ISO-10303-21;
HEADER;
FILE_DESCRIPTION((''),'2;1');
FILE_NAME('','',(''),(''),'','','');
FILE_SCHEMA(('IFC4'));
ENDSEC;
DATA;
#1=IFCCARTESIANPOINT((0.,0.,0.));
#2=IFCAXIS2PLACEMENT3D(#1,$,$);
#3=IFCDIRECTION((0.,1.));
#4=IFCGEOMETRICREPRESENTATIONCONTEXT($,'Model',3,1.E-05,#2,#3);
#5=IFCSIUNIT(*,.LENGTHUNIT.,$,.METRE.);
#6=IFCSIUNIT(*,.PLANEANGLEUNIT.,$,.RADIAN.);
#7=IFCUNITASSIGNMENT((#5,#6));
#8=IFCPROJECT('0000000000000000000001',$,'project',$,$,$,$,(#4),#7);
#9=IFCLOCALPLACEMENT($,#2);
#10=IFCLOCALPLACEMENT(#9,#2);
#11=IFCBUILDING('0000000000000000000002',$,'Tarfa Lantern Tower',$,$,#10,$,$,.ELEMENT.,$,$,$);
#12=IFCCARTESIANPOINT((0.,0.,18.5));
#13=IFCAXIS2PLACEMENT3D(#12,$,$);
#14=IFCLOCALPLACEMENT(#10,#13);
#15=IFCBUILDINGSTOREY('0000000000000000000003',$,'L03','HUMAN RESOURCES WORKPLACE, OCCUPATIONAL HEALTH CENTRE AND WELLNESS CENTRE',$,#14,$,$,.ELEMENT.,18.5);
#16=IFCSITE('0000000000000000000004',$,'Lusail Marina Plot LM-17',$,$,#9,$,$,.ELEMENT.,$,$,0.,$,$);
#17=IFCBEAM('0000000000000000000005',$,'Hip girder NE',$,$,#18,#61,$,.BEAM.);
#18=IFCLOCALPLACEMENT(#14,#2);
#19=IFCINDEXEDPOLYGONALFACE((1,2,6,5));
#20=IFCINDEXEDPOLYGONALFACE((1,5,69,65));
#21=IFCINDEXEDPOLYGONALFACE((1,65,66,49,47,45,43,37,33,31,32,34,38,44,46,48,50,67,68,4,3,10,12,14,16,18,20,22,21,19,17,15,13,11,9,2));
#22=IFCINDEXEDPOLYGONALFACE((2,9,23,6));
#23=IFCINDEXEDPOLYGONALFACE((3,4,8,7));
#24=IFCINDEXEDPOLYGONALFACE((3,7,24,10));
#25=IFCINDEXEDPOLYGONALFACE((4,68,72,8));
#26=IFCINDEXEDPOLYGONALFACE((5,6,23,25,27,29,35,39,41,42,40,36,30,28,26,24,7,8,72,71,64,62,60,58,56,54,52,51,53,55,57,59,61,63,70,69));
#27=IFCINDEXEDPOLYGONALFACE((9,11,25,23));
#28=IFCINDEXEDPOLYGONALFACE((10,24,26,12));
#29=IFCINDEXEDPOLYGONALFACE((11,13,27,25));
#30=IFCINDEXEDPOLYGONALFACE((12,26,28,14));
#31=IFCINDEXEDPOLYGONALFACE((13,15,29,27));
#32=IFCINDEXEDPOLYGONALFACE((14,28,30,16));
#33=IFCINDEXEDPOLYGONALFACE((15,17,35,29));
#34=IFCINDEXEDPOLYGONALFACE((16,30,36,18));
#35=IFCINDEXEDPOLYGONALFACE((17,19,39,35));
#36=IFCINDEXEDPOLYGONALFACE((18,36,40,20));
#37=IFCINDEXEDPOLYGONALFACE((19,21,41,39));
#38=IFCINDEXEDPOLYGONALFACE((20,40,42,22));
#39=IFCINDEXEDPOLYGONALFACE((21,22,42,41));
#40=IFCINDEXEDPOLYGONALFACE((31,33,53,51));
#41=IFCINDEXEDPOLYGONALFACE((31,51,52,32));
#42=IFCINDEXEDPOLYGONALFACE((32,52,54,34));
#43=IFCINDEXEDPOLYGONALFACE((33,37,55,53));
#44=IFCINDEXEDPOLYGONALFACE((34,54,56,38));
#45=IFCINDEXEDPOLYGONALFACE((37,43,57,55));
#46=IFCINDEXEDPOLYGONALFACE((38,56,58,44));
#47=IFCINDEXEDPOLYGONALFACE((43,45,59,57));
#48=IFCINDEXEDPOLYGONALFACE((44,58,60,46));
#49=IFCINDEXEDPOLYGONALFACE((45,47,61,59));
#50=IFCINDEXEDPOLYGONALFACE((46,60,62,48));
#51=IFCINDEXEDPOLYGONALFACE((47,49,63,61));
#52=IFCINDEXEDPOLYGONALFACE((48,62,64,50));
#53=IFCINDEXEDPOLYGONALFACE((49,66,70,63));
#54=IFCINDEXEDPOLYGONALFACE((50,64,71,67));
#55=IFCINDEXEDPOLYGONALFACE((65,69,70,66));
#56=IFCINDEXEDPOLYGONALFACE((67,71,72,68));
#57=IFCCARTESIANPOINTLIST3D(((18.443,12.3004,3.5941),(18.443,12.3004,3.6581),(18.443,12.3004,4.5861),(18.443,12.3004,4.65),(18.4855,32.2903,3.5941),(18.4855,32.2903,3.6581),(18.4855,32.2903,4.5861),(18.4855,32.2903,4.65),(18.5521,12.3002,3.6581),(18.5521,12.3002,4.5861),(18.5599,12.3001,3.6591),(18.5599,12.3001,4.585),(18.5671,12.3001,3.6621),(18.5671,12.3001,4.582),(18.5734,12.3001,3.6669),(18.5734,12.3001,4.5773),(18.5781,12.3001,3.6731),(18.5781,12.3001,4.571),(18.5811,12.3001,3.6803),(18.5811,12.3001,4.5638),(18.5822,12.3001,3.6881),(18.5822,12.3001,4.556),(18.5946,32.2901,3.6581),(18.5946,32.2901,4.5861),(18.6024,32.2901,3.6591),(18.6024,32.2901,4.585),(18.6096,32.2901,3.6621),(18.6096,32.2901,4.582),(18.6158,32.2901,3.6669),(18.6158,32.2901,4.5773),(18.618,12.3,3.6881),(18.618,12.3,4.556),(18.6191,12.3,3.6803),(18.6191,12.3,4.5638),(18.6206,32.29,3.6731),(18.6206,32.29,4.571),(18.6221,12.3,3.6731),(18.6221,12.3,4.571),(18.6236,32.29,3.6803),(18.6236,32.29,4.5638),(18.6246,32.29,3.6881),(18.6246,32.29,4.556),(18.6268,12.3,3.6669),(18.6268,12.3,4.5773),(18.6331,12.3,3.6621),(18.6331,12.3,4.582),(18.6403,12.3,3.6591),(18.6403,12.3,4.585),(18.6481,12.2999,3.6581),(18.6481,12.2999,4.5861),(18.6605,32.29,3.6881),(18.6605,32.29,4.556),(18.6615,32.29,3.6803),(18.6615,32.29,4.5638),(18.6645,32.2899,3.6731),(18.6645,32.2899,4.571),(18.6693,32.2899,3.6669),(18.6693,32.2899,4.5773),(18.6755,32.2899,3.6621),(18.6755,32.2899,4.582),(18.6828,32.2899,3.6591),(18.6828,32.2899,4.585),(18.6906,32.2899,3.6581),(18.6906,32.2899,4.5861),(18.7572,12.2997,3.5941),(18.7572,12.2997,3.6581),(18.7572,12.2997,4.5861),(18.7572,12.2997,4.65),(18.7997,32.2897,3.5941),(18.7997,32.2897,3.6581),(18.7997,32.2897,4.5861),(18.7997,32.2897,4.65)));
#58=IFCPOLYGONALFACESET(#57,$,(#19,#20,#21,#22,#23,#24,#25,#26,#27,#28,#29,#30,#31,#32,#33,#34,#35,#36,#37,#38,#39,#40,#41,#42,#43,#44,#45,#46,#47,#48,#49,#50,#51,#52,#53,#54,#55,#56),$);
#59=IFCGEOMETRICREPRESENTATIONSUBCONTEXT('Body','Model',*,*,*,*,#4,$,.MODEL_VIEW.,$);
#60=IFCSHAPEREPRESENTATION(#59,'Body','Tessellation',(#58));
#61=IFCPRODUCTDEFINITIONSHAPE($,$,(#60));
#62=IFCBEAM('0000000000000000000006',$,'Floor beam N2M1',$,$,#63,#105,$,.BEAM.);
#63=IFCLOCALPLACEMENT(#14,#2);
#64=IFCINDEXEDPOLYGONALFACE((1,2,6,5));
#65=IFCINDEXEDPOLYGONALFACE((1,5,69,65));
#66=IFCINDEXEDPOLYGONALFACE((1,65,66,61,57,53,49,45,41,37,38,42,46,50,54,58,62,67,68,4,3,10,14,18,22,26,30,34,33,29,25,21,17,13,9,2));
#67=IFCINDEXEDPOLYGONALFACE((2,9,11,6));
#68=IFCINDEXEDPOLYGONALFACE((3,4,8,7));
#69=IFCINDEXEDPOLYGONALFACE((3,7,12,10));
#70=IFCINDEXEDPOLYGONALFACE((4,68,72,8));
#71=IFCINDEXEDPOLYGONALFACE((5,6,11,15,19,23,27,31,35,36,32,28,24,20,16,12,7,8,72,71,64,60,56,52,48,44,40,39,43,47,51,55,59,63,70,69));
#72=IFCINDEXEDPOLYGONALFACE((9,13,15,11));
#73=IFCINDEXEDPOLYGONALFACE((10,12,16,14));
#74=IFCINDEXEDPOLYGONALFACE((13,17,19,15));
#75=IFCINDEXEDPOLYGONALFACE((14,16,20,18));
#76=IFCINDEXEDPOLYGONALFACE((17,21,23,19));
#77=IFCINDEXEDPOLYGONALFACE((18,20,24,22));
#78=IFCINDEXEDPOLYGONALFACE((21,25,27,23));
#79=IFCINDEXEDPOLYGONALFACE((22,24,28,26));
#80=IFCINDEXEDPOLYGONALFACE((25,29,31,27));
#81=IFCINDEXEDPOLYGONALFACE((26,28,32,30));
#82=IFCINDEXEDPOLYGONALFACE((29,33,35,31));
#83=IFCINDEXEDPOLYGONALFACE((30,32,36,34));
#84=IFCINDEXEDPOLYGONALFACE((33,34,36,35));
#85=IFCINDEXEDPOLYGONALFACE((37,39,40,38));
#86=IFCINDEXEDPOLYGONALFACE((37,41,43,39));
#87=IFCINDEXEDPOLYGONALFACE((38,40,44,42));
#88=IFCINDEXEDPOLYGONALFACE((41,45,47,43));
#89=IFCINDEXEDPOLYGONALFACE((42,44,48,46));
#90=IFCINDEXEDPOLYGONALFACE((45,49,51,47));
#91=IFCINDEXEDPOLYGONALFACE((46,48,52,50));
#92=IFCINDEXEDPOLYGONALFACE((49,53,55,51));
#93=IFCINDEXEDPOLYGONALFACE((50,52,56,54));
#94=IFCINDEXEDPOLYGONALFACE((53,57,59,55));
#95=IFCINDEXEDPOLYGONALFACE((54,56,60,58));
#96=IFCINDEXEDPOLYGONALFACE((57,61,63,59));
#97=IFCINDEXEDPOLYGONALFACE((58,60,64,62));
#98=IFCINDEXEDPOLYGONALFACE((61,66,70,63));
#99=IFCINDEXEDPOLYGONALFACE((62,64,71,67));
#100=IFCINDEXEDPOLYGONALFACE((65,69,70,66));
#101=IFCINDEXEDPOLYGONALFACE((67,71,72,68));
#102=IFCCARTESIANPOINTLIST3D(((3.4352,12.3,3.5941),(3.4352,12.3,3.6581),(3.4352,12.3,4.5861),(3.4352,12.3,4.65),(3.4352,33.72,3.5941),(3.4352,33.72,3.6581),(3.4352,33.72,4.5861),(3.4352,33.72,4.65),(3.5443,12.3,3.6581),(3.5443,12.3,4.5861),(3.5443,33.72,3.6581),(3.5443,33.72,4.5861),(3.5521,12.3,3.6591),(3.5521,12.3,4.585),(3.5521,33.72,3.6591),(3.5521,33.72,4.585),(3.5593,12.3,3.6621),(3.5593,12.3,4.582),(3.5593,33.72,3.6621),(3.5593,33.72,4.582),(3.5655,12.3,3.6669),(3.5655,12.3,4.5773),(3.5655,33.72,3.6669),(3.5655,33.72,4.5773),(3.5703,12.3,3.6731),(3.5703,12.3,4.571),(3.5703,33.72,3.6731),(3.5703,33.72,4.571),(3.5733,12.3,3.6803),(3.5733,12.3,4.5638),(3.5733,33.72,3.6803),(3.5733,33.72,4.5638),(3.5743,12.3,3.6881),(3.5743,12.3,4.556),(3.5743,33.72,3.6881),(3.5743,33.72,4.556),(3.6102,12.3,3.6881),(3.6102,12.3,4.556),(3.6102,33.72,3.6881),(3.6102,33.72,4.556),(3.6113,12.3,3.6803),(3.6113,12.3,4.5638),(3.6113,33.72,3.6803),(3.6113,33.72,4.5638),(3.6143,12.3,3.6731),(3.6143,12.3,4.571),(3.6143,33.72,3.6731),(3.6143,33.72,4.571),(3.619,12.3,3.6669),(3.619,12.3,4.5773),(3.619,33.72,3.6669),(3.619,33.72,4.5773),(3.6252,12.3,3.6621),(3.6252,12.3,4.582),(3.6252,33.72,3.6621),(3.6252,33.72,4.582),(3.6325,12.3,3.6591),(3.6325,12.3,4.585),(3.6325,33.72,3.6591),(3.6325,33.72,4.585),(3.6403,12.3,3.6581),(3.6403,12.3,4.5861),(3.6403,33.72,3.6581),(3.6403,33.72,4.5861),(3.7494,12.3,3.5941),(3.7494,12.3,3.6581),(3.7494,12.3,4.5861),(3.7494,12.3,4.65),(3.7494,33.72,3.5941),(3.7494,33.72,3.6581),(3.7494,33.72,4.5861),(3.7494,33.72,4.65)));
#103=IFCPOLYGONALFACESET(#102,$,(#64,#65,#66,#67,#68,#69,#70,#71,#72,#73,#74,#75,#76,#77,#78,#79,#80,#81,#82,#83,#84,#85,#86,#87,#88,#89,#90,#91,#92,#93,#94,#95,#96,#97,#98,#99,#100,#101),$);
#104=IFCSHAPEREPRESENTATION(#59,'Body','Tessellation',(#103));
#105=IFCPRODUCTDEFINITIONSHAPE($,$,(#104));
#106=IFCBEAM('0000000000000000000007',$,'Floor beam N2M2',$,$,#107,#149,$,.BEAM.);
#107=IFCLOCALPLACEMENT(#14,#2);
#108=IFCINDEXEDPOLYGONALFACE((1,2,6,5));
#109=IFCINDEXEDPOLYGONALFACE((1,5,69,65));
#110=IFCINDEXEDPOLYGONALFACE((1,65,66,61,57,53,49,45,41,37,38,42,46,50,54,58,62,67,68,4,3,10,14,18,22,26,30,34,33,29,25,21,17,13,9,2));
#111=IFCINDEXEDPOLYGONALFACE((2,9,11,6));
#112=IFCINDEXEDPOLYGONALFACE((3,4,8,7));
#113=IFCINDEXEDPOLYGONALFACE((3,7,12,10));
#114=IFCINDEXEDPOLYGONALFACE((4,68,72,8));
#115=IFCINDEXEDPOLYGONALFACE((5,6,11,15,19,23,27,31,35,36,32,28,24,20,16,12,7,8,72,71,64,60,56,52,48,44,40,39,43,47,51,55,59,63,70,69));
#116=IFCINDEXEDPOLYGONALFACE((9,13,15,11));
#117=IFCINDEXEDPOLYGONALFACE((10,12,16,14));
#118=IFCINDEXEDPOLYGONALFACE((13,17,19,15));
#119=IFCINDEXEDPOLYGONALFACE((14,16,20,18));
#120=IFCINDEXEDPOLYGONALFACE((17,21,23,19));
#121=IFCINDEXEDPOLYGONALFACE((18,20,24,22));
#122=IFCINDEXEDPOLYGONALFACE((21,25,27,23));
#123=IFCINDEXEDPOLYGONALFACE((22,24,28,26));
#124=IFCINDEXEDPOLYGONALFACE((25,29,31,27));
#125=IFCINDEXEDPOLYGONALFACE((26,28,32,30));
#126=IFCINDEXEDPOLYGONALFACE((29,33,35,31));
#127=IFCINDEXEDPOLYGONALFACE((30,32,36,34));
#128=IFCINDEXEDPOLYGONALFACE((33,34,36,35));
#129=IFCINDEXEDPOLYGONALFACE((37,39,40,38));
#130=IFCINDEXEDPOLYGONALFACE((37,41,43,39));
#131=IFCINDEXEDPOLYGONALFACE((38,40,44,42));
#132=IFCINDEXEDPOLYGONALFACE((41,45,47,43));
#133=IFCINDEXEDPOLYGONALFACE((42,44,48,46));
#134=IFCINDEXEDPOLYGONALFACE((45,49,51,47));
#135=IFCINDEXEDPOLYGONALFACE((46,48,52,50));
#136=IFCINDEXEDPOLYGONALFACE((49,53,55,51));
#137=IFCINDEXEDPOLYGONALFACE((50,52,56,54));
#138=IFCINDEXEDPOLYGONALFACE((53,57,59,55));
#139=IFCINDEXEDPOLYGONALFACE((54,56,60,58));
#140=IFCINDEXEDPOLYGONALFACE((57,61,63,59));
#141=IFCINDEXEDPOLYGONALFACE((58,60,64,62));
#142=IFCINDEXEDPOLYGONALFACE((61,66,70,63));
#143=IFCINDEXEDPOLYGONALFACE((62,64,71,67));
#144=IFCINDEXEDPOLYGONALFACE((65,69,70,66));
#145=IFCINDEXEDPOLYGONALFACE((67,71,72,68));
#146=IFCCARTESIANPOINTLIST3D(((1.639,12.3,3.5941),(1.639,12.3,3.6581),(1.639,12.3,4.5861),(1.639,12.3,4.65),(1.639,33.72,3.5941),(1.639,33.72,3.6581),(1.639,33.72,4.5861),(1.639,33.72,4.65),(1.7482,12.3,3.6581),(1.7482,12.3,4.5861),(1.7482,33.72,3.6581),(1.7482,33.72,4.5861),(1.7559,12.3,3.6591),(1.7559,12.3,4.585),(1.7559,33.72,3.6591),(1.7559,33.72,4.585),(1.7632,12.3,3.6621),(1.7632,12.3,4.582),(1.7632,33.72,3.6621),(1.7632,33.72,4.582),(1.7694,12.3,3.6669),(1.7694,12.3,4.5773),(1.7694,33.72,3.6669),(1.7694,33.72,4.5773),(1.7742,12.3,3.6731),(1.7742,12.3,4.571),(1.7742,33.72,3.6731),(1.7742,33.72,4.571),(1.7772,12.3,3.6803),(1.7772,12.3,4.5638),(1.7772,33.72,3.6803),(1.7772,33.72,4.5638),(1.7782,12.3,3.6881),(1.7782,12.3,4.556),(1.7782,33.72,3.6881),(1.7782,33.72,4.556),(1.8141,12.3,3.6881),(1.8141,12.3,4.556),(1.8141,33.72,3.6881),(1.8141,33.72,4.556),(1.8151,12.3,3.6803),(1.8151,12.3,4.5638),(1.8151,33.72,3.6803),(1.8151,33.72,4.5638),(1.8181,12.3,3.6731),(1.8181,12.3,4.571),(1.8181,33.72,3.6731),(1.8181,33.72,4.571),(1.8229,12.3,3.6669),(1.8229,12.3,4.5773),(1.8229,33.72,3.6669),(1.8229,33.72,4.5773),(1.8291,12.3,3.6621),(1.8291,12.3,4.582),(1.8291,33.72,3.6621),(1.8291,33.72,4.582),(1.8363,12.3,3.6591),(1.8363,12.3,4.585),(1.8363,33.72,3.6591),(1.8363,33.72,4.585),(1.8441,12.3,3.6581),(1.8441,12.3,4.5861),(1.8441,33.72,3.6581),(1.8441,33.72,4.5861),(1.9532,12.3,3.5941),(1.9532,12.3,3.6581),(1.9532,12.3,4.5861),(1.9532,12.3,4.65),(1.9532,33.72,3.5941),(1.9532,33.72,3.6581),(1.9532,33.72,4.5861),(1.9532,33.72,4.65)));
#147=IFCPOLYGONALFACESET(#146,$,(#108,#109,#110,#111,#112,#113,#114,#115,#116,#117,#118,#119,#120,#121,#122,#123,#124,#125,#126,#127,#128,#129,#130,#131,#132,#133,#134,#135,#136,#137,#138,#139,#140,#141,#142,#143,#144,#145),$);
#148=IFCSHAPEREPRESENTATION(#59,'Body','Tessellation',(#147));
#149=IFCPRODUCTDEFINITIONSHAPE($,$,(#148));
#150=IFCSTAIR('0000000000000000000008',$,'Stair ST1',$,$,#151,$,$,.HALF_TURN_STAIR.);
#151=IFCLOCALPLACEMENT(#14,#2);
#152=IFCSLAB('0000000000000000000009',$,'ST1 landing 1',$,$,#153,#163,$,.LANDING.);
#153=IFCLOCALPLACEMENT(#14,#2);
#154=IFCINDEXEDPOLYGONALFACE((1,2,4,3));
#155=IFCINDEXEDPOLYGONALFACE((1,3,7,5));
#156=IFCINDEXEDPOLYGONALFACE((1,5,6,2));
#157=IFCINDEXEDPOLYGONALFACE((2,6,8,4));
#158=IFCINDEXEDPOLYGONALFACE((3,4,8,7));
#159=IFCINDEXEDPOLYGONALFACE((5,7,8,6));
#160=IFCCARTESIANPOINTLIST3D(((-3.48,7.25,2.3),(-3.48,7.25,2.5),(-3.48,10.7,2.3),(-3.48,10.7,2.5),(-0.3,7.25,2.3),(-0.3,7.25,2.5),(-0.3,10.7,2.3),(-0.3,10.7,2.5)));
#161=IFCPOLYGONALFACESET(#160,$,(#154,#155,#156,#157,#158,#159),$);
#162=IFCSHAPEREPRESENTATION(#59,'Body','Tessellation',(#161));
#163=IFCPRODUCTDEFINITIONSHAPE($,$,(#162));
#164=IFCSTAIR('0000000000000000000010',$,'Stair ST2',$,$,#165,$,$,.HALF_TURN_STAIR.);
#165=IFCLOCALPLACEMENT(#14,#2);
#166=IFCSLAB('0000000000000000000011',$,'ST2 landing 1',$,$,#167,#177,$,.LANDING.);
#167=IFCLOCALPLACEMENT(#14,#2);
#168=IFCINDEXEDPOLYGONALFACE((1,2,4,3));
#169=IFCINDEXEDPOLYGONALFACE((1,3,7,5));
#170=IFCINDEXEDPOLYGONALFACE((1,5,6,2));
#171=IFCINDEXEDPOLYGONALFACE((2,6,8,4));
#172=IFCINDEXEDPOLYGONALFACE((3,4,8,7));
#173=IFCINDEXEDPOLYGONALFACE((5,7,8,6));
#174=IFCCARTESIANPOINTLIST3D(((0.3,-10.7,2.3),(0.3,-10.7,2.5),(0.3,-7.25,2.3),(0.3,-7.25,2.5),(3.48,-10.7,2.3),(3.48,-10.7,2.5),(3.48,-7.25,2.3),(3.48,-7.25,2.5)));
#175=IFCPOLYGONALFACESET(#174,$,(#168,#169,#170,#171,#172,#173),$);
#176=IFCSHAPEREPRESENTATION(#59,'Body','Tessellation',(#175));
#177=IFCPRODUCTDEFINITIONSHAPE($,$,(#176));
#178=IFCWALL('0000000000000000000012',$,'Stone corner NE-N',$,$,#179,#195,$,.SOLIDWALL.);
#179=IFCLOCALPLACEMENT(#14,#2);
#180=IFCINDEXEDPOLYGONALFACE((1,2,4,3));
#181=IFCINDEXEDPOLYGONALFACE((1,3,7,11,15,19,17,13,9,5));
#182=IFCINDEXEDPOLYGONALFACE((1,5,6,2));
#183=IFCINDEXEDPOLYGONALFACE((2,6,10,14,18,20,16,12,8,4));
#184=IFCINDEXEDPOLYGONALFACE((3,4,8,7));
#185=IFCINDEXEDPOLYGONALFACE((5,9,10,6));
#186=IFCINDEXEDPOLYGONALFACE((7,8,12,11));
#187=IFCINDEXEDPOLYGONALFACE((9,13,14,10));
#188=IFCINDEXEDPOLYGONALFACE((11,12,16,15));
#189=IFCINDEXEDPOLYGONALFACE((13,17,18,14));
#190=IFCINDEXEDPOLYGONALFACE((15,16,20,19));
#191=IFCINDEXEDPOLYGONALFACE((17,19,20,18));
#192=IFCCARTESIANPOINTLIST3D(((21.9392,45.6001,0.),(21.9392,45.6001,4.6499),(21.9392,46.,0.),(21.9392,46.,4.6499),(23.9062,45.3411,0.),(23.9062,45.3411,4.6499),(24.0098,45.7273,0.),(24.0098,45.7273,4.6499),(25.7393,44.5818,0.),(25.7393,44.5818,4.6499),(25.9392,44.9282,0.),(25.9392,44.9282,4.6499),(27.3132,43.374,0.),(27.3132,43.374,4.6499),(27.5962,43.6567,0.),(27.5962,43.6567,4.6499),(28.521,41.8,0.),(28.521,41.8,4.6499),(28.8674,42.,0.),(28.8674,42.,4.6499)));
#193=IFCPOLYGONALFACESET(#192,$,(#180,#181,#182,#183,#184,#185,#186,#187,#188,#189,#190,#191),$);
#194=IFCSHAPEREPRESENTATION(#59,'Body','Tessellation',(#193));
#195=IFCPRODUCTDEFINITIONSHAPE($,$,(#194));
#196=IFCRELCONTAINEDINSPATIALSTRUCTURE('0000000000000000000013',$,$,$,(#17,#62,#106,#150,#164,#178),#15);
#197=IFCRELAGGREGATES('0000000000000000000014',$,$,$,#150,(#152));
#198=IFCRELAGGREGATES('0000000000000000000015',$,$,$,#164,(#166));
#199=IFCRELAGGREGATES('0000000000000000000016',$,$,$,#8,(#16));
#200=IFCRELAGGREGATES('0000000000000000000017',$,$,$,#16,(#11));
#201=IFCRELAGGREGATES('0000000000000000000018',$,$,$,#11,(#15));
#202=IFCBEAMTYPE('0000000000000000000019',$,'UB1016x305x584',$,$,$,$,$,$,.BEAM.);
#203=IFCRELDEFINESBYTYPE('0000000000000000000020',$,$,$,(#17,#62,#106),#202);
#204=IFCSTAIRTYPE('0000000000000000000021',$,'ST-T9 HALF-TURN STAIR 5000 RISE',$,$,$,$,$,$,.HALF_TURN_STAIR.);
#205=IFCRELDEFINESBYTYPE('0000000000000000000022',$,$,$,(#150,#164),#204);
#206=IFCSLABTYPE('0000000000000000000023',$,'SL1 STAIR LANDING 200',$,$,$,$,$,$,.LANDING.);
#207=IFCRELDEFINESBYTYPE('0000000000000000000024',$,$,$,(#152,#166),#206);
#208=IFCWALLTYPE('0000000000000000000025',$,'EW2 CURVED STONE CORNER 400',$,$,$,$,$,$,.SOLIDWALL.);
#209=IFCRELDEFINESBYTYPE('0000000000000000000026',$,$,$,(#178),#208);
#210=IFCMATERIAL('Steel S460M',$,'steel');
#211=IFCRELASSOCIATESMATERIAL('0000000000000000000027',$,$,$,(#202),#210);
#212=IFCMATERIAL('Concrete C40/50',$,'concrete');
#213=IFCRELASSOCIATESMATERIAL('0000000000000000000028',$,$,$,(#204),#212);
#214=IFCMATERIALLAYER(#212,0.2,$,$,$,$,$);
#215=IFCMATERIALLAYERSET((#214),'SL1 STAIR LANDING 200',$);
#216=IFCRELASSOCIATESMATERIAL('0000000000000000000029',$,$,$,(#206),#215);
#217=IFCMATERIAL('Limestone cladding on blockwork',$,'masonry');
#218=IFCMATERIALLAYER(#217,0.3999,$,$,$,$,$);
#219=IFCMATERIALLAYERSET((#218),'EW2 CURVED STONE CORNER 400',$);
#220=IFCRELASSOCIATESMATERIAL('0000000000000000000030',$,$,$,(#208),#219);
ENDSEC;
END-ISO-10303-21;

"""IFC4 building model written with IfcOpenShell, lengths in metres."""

from ifc_helpers import new_model, si_unit, direction, frame, origin, origin_2d, place, context, subcontext, project, spatial, polyline, i_section, outline, extrude, material, layer, layer_set, material_profile, profile_set, type_object, element, aggregate, save


model = new_model("IFC4")

# Units and contexts
model_context = context("Model", 3, precision=1e-05, world=origin(), true_north=direction((0.0, 1.0)))
body_context = subcontext(model_context, "Body", "Model", "MODEL_VIEW")
ifc_project = project(units=[si_unit("LENGTHUNIT", "METRE"), si_unit("PLANEANGLEUNIT", "RADIAN")], contexts=[model_context])

# Site, building, storey
site_placement = place(None, origin())
site = spatial("IfcSite", under=ifc_project, at=site_placement, Name="Lusail Marina Plot LM-17", CompositionType="ELEMENT", RefElevation=0.0)
building_placement = place(site_placement, origin())
building = spatial("IfcBuilding", under=site, at=building_placement, Name="Tarfa Lantern Tower", CompositionType="ELEMENT")
storey_placement = place(building_placement, frame((0.0, 0.0, 18.5)))
storey = spatial("IfcBuildingStorey", under=building, at=storey_placement, Name="L03", Description="HUMAN RESOURCES WORKPLACE, OCCUPATIONAL HEALTH CENTRE AND WELLNESS CENTRE", CompositionType="ELEMENT", Elevation=18.5)

# Beams
ifc_material_1 = material(Name="Steel S460M", Category="steel")
ifc_material_profile_1 = material_profile(ifc_material_1, i_section(OverallWidth=0.3142, OverallDepth=1.0559, WebThickness=0.0359, FlangeThickness=0.064, FilletRadius=0.03, at=origin_2d()), Name="UB1016x305x584")
ifc_profile_set_1 = profile_set([ifc_material_profile_1], Name="Steel S460M")
beam_type_1 = type_object("IfcBeamType", Name="UB1016x305x584", PredefinedType="BEAM", material=ifc_profile_set_1)
beam_1_placement = place(storey_placement, frame((18.6001, 12.3, 4.1221), z_axis=(0.002125, 0.999998, 0.0), x_axis=(-0.999998, 0.002125, 0.0)))
element("IfcBeam", 1, at=beam_1_placement, inside=storey, type_object=beam_type_1, Name="Hip girder NE", PredefinedType="BEAM", context=body_context, shape_type="SweptSolid", body=[
    extrude(i_section(OverallWidth=0.3142, OverallDepth=1.0559, WebThickness=0.0359, FlangeThickness=0.064, FilletRadius=0.03, at=origin_2d()), origin(), (0.0, 0.0, 1.0), 19.99),
])
for number, where, z_axis, x_axis, name in (
    (2, (3.5923, 33.72, 4.1221), (0.0, -1.0, 0.0), (1.0, 0.0, 0.0), "Floor beam N2M1"),
    (3, (1.7961, 33.72, 4.1221), (0.0, -1.0, 0.0), (1.0, 0.0, 0.0), "Floor beam N2M2"),
):
    element("IfcBeam", number, at=place(storey_placement, frame(where, z_axis=z_axis, x_axis=x_axis)), inside=storey, type_object=beam_type_1, Name=name, PredefinedType="BEAM", context=body_context, shape_type="SweptSolid", body=[
        extrude(i_section(OverallWidth=0.3142, OverallDepth=1.0559, WebThickness=0.0359, FlangeThickness=0.064, FilletRadius=0.03, at=origin_2d()), origin(), (0.0, 0.0, 1.0), 21.4199),
    ])

# Stairs, slabs
ifc_material_2 = material(Name="Concrete C40/50", Category="concrete")
stair_type = type_object("IfcStairType", Name="ST-T9 HALF-TURN STAIR 5000 RISE", PredefinedType="HALF_TURN_STAIR", material=ifc_material_2)
stair_1_placement = place(storey_placement, origin())
stair_1 = element("IfcStair", 4, at=stair_1_placement, inside=storey, type_object=stair_type, Name="Stair ST1", PredefinedType="HALF_TURN_STAIR")
ifc_layer_1 = layer(ifc_material_2, 0.2)
ifc_layer_set_1 = layer_set([ifc_layer_1], Name="SL1 STAIR LANDING 200")
slab_type = type_object("IfcSlabType", Name="SL1 STAIR LANDING 200", PredefinedType="LANDING", material=ifc_layer_set_1)
slab_1_placement = place(storey_placement, frame((0.0, 0.0, 2.3)))
slab_1 = element("IfcSlab", 5, at=slab_1_placement, type_object=slab_type, Name="ST1 landing 1", PredefinedType="LANDING", context=body_context, shape_type="SweptSolid", body=[
    extrude(outline(polyline([(-3.48, 7.25), (-0.3, 7.25), (-0.3, 10.7), (-3.48, 10.7), (-3.48, 7.25)])), origin(), (0.0, 0.0, 1.0), 0.2),
])
aggregate(stair_1, [slab_1])
stair_2_placement = place(storey_placement, origin())
stair_2 = element("IfcStair", 6, at=stair_2_placement, inside=storey, type_object=stair_type, Name="Stair ST2", PredefinedType="HALF_TURN_STAIR")
slab_2_placement = place(storey_placement, frame((0.0, 0.0, 2.3)))
slab_2 = element("IfcSlab", 7, at=slab_2_placement, type_object=slab_type, Name="ST2 landing 1", PredefinedType="LANDING", context=body_context, shape_type="SweptSolid", body=[
    extrude(outline(polyline([(3.48, -7.25), (0.3, -7.25), (0.3, -10.7), (3.48, -10.7), (3.48, -7.25)])), origin(), (0.0, 0.0, 1.0), 0.2),
])
aggregate(stair_2, [slab_2])

# Wall
ifc_material_3 = material(Name="Limestone cladding on blockwork", Category="masonry")
ifc_layer_2 = layer(ifc_material_3, 0.3999)
ifc_layer_set_2 = layer_set([ifc_layer_2], Name="EW2 CURVED STONE CORNER 400")
wall_type_1 = type_object("IfcWallType", Name="EW2 CURVED STONE CORNER 400", PredefinedType="SOLIDWALL", material=ifc_layer_set_2)
wall_1_placement = place(storey_placement, origin())
element("IfcWall", 8, at=wall_1_placement, inside=storey, type_object=wall_type_1, Name="Stone corner NE-N", PredefinedType="SOLIDWALL", context=body_context, shape_type="SweptSolid", body=[
    extrude(outline(polyline([(28.8674, 42.0), (27.5962, 43.6567), (25.9392, 44.9282), (24.0098, 45.7273), (21.9392, 46.0), (21.9392, 45.6001), (23.9062, 45.3411), (25.7393, 44.5818), (27.3132, 43.374), (28.521, 41.8), (28.8674, 42.0)])), origin(), (0.0, 0.0, 1.0), 4.6499),
])

save(model, "model.ifc")
